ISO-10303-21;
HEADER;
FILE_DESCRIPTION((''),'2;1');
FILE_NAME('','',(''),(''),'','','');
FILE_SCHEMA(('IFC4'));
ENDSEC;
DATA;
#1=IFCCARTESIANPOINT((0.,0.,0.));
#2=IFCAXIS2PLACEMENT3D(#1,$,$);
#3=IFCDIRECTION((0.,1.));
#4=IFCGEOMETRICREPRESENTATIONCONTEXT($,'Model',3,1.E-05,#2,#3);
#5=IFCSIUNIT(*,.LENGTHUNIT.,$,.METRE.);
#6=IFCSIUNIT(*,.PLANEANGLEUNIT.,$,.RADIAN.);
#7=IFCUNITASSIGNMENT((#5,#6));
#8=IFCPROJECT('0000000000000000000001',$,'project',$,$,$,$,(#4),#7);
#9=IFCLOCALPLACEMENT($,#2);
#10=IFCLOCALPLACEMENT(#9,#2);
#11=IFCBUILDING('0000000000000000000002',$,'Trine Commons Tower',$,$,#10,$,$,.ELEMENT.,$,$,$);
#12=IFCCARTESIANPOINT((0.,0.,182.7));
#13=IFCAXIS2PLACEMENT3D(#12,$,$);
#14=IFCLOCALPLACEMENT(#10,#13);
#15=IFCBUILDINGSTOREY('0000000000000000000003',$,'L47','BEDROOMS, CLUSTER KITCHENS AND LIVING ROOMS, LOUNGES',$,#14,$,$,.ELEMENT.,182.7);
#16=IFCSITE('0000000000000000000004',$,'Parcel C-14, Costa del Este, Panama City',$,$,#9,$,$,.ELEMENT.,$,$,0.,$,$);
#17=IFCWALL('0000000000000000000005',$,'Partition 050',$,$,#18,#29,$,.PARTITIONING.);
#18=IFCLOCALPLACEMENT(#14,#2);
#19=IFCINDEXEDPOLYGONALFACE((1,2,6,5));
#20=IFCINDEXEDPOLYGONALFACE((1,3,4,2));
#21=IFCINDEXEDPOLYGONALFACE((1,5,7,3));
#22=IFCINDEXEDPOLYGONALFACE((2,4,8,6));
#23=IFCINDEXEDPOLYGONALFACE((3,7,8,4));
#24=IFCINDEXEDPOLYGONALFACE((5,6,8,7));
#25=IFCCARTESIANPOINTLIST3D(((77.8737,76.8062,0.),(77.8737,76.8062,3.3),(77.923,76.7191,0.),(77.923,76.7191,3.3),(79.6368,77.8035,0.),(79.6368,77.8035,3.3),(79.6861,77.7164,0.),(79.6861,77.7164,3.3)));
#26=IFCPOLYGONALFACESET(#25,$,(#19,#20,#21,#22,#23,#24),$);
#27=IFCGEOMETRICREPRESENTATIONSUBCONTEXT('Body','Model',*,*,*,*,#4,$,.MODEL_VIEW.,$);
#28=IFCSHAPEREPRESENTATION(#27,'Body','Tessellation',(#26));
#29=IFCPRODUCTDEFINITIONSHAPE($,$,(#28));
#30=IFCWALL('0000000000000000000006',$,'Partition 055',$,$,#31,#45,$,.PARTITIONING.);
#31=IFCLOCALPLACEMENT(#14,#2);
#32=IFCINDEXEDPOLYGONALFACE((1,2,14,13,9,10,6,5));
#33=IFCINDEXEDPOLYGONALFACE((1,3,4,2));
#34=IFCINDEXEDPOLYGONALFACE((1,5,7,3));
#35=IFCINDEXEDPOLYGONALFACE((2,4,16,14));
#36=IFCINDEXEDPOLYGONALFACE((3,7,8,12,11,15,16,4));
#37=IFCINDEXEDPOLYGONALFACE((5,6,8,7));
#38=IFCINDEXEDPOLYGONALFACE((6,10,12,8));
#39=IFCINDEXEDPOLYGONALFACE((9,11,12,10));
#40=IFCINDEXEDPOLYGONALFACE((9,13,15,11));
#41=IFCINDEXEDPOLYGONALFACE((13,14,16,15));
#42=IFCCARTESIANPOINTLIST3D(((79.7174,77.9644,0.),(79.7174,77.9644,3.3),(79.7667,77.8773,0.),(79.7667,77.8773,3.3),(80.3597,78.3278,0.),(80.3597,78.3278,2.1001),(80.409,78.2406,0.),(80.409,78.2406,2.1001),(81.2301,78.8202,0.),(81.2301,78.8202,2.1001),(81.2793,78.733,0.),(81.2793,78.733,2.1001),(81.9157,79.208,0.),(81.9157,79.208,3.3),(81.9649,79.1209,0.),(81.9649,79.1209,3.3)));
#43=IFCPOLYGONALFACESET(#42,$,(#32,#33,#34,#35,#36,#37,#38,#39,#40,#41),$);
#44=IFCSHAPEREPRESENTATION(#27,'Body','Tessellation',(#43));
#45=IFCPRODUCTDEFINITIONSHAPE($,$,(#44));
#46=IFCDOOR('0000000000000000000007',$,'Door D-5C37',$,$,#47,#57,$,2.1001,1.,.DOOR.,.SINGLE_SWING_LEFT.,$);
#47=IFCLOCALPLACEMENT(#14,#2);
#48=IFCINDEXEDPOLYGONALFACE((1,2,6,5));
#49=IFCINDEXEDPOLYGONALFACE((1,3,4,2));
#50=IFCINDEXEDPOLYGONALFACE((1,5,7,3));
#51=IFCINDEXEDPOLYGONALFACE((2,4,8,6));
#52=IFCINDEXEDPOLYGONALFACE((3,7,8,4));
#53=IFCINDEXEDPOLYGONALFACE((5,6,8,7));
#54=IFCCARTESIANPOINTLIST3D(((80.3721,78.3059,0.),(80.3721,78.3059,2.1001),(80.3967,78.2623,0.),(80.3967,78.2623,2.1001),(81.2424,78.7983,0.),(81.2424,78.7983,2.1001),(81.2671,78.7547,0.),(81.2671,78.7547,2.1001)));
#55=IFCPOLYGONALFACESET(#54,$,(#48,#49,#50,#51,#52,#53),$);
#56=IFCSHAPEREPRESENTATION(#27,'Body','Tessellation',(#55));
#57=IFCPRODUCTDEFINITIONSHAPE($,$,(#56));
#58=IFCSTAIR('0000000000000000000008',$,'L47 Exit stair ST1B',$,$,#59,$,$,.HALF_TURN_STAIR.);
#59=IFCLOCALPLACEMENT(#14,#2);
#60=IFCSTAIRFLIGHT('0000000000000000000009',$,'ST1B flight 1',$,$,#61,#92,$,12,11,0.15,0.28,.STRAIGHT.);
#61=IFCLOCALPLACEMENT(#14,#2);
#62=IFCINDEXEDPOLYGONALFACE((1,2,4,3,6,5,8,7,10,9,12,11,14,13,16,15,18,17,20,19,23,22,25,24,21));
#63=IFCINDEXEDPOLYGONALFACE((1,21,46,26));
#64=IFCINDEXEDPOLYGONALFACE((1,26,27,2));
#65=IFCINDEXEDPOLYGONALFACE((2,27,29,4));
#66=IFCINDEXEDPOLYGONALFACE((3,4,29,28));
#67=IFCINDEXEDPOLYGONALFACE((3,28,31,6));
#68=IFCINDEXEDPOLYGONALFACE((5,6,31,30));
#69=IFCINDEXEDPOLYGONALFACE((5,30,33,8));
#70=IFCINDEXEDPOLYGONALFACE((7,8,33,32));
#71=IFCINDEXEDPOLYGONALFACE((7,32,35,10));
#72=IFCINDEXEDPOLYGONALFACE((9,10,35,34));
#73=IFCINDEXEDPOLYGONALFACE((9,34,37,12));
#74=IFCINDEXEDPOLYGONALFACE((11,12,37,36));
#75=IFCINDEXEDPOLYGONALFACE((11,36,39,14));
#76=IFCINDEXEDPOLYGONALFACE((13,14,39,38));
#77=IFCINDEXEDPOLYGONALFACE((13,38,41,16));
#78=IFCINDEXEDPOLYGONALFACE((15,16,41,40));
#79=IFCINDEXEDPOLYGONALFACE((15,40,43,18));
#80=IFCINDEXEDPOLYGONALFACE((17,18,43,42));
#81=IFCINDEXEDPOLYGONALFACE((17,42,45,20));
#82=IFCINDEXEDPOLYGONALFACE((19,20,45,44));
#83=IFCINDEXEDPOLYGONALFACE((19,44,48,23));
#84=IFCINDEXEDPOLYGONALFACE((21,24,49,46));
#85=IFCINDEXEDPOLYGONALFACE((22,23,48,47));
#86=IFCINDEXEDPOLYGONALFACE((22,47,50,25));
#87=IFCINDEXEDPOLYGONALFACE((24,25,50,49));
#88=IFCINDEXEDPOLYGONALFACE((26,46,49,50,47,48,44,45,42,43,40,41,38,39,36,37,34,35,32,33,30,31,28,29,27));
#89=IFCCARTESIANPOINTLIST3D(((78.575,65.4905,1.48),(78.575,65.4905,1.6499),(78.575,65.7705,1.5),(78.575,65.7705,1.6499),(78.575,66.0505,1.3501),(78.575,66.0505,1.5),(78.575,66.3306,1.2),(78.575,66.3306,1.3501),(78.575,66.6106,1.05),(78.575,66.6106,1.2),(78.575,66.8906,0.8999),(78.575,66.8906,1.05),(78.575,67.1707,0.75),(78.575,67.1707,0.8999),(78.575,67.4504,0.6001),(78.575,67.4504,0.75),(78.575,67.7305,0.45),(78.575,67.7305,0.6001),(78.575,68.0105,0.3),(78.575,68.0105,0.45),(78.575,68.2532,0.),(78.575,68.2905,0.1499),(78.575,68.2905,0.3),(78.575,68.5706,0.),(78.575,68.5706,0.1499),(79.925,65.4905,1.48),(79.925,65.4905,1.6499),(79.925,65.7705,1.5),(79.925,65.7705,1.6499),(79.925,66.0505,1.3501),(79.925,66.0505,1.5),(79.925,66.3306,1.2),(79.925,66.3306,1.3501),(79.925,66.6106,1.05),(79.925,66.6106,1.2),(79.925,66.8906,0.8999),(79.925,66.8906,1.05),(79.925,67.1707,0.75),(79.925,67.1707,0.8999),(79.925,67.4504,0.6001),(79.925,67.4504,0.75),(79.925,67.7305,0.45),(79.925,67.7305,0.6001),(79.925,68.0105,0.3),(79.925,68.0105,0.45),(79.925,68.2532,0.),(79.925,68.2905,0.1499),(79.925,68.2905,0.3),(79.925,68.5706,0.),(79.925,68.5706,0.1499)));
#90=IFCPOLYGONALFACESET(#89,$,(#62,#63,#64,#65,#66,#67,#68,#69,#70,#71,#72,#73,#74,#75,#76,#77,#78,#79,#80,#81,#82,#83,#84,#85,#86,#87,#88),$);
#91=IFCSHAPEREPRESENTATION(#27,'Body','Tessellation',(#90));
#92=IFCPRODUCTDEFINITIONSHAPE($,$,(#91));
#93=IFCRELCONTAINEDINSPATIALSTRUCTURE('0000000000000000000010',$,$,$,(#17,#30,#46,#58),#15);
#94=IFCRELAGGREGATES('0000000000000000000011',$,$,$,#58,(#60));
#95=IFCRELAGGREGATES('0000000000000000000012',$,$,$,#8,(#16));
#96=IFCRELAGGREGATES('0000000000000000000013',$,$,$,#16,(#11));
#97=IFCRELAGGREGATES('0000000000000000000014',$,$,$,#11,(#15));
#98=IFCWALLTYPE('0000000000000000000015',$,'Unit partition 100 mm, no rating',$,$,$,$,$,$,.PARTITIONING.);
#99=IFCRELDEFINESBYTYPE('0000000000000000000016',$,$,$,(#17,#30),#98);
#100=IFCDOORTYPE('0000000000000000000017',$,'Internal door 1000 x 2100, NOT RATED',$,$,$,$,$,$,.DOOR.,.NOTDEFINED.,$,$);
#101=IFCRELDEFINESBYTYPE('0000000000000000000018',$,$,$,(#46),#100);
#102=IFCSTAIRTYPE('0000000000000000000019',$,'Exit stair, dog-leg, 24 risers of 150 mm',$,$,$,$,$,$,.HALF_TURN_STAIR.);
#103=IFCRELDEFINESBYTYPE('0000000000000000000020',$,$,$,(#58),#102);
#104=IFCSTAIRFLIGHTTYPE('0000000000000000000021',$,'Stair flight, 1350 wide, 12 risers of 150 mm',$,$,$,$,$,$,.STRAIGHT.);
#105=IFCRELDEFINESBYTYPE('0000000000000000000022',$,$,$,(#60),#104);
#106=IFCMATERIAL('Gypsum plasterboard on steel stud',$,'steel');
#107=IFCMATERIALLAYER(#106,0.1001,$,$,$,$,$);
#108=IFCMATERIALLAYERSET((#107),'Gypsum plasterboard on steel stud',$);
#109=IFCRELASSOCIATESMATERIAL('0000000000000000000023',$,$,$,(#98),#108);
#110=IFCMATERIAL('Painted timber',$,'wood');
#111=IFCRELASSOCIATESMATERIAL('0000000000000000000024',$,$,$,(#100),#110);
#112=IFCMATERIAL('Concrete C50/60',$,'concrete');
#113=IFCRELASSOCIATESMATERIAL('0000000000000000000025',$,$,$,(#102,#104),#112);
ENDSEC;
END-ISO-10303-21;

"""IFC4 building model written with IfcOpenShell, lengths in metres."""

from ifc_helpers import new_model, si_unit, direction, frame, frame_2d, origin, place, context, subcontext, project, spatial, polyline, rectangle, outline, extrude, material, layer, layer_set, type_object, element, fill, aggregate, save


model = new_model("IFC4")

# Units and contexts
model_context = context("Model", 3, precision=1e-05, world=origin(), true_north=direction((0.0, 1.0)))
body_context = subcontext(model_context, "Body", "Model", "MODEL_VIEW")
ifc_project = project(units=[si_unit("LENGTHUNIT", "METRE"), si_unit("PLANEANGLEUNIT", "RADIAN")], contexts=[model_context])

# Site, building, storey
site_placement = place(None, origin())
site = spatial("IfcSite", under=ifc_project, at=site_placement, Name="Parcel C-14, Costa del Este, Panama City", CompositionType="ELEMENT", RefElevation=0.0)
building_placement = place(site_placement, origin())
building = spatial("IfcBuilding", under=site, at=building_placement, Name="Trine Commons Tower", CompositionType="ELEMENT")
storey_placement = place(building_placement, frame((0.0, 0.0, 182.7)))
storey = spatial("IfcBuildingStorey", under=building, at=storey_placement, Name="L47", Description="BEDROOMS, CLUSTER KITCHENS AND LIVING ROOMS, LOUNGES", CompositionType="ELEMENT", Elevation=182.7)

# Shared definitions
ifc_material_1 = material(Name="Gypsum plasterboard on steel stud", Category="steel")

# Shared definitions
ifc_layer_1 = layer(ifc_material_1, 0.1001)
ifc_layer_set_1 = layer_set([ifc_layer_1], Name="Gypsum plasterboard on steel stud")
wall_type_1 = type_object("IfcWallType", Name="Unit partition 100 mm, no rating", PredefinedType="PARTITIONING", material=ifc_layer_set_1)
ifc_material_2 = material(Name="Painted timber", Category="wood")

# Wall
wall_1_placement = place(storey_placement, frame((77.8984, 76.7627, 0.0), z_axis=(0.0, 0.0, 1.0), x_axis=(0.870408, 0.492331, 0.0)))
element("IfcWall", 1, at=wall_1_placement, inside=storey, type_object=wall_type_1, Name="Partition 050", PredefinedType="PARTITIONING", context=body_context, shape_type="SweptSolid", body=[
    extrude(rectangle(XDim=2.0256, YDim=0.1001, at=frame_2d((1.0127, 0.0))), origin(), (0.0, 0.0, 1.0), 3.3),
])

# Wall, opening, door
wall_2_placement = place(storey_placement, frame((79.7422, 77.9209, 0.0), z_axis=(0.0, 0.0, 1.0), x_axis=(0.870365, 0.492408, 0.0)))
wall_2 = element("IfcWall", 2, at=wall_2_placement, inside=storey, type_object=wall_type_1, Name="Partition 055", PredefinedType="PARTITIONING", context=body_context, shape_type="SweptSolid", body=[
    extrude(rectangle(XDim=2.5256, YDim=0.1001, at=frame_2d((1.2627, 0.0))), origin(), (0.0, 0.0, 1.0), 3.3),
])
opening_1_placement = place(wall_2_placement, frame((0.7378, 0.0, 0.0)))
opening_1 = element("IfcOpeningElement", 3, at=opening_1_placement, cuts=wall_2, PredefinedType="OPENING", context=body_context, shape_type="SweptSolid", body=[
    extrude(rectangle(XDim=1.0, YDim=2.1001, at=frame_2d((0.5, 1.05))), frame((0.0, 0.0601, 0.0), z_axis=(0.0, -1.0, 0.0), x_axis=(1.0, 0.0, 0.0)), (0.0, 0.0, 1.0), 0.1201),
])
door_type_1 = type_object("IfcDoorType", Name="Internal door 1000 x 2100, NOT RATED", OperationType="NOTDEFINED", PredefinedType="DOOR", material=ifc_material_2)
door_1_placement = place(opening_1_placement, origin())
door_1 = element("IfcDoor", 4, at=door_1_placement, inside=storey, type_object=door_type_1, Name="Door D-5C37", OperationType="SINGLE_SWING_LEFT", OverallHeight=2.1001, OverallWidth=1.0, PredefinedType="DOOR", context=body_context, shape_type="SweptSolid", body=[
    extrude(rectangle(XDim=1.0, YDim=2.1001, at=frame_2d((0.5, 1.05))), frame((0.0, 0.0249, 0.0), z_axis=(0.0, -1.0, 0.0), x_axis=(1.0, 0.0, 0.0)), (0.0, 0.0, 1.0), 0.05),
])
fill(opening_1, door_1)

# Stair, stair flight
ifc_material_3 = material(Name="Concrete C50/60", Category="concrete")
stair_type = type_object("IfcStairType", Name="Exit stair, dog-leg, 24 risers of 150 mm", PredefinedType="HALF_TURN_STAIR", material=ifc_material_3)
stair_placement = place(storey_placement, origin())
stair = element("IfcStair", 5, at=stair_placement, inside=storey, type_object=stair_type, Name="L47 Exit stair ST1B", PredefinedType="HALF_TURN_STAIR")
stair_flight_type = type_object("IfcStairFlightType", Name="Stair flight, 1350 wide, 12 risers of 150 mm", PredefinedType="STRAIGHT", material=ifc_material_3)
stair_flight_placement = place(storey_placement, frame((79.25, 68.5706, 0.0), z_axis=(0.0, 0.0, 1.0), x_axis=(0.0, -1.0, 0.0)))
stair_flight = element("IfcStairFlight", 6, at=stair_flight_placement, type_object=stair_flight_type, Name="ST1B flight 1", NumberOfRisers=12, NumberOfTreads=11, PredefinedType="STRAIGHT", RiserHeight=0.15, TreadLength=0.28, context=body_context, shape_type="SweptSolid", body=[
    extrude(outline(polyline([(0.0, 0.0), (0.0, 0.1499), (0.28, 0.1499), (0.28, 0.3), (0.5601, 0.3), (0.5601, 0.45), (0.8401, 0.45), (0.8401, 0.6001), (1.1201, 0.6001), (1.1201, 0.75), (1.3999, 0.75), (1.3999, 0.8999), (1.6799, 0.8999), (1.6799, 1.05), (1.96, 1.05), (1.96, 1.2), (2.24, 1.2), (2.24, 1.3501), (2.52, 1.3501), (2.52, 1.5), (2.8, 1.5), (2.8, 1.6499), (3.0801, 1.6499), (3.0801, 1.8), (3.0801, 1.48), (0.3174, 0.0), (0.0, 0.0)])), frame((0.0, 0.675, 0.0), z_axis=(0.0, -1.0, 0.0), x_axis=(1.0, 0.0, 0.0)), (0.0, 0.0, 1.0), 1.3501),
])
aggregate(stair, [stair_flight])

save(model, "model.ifc")
